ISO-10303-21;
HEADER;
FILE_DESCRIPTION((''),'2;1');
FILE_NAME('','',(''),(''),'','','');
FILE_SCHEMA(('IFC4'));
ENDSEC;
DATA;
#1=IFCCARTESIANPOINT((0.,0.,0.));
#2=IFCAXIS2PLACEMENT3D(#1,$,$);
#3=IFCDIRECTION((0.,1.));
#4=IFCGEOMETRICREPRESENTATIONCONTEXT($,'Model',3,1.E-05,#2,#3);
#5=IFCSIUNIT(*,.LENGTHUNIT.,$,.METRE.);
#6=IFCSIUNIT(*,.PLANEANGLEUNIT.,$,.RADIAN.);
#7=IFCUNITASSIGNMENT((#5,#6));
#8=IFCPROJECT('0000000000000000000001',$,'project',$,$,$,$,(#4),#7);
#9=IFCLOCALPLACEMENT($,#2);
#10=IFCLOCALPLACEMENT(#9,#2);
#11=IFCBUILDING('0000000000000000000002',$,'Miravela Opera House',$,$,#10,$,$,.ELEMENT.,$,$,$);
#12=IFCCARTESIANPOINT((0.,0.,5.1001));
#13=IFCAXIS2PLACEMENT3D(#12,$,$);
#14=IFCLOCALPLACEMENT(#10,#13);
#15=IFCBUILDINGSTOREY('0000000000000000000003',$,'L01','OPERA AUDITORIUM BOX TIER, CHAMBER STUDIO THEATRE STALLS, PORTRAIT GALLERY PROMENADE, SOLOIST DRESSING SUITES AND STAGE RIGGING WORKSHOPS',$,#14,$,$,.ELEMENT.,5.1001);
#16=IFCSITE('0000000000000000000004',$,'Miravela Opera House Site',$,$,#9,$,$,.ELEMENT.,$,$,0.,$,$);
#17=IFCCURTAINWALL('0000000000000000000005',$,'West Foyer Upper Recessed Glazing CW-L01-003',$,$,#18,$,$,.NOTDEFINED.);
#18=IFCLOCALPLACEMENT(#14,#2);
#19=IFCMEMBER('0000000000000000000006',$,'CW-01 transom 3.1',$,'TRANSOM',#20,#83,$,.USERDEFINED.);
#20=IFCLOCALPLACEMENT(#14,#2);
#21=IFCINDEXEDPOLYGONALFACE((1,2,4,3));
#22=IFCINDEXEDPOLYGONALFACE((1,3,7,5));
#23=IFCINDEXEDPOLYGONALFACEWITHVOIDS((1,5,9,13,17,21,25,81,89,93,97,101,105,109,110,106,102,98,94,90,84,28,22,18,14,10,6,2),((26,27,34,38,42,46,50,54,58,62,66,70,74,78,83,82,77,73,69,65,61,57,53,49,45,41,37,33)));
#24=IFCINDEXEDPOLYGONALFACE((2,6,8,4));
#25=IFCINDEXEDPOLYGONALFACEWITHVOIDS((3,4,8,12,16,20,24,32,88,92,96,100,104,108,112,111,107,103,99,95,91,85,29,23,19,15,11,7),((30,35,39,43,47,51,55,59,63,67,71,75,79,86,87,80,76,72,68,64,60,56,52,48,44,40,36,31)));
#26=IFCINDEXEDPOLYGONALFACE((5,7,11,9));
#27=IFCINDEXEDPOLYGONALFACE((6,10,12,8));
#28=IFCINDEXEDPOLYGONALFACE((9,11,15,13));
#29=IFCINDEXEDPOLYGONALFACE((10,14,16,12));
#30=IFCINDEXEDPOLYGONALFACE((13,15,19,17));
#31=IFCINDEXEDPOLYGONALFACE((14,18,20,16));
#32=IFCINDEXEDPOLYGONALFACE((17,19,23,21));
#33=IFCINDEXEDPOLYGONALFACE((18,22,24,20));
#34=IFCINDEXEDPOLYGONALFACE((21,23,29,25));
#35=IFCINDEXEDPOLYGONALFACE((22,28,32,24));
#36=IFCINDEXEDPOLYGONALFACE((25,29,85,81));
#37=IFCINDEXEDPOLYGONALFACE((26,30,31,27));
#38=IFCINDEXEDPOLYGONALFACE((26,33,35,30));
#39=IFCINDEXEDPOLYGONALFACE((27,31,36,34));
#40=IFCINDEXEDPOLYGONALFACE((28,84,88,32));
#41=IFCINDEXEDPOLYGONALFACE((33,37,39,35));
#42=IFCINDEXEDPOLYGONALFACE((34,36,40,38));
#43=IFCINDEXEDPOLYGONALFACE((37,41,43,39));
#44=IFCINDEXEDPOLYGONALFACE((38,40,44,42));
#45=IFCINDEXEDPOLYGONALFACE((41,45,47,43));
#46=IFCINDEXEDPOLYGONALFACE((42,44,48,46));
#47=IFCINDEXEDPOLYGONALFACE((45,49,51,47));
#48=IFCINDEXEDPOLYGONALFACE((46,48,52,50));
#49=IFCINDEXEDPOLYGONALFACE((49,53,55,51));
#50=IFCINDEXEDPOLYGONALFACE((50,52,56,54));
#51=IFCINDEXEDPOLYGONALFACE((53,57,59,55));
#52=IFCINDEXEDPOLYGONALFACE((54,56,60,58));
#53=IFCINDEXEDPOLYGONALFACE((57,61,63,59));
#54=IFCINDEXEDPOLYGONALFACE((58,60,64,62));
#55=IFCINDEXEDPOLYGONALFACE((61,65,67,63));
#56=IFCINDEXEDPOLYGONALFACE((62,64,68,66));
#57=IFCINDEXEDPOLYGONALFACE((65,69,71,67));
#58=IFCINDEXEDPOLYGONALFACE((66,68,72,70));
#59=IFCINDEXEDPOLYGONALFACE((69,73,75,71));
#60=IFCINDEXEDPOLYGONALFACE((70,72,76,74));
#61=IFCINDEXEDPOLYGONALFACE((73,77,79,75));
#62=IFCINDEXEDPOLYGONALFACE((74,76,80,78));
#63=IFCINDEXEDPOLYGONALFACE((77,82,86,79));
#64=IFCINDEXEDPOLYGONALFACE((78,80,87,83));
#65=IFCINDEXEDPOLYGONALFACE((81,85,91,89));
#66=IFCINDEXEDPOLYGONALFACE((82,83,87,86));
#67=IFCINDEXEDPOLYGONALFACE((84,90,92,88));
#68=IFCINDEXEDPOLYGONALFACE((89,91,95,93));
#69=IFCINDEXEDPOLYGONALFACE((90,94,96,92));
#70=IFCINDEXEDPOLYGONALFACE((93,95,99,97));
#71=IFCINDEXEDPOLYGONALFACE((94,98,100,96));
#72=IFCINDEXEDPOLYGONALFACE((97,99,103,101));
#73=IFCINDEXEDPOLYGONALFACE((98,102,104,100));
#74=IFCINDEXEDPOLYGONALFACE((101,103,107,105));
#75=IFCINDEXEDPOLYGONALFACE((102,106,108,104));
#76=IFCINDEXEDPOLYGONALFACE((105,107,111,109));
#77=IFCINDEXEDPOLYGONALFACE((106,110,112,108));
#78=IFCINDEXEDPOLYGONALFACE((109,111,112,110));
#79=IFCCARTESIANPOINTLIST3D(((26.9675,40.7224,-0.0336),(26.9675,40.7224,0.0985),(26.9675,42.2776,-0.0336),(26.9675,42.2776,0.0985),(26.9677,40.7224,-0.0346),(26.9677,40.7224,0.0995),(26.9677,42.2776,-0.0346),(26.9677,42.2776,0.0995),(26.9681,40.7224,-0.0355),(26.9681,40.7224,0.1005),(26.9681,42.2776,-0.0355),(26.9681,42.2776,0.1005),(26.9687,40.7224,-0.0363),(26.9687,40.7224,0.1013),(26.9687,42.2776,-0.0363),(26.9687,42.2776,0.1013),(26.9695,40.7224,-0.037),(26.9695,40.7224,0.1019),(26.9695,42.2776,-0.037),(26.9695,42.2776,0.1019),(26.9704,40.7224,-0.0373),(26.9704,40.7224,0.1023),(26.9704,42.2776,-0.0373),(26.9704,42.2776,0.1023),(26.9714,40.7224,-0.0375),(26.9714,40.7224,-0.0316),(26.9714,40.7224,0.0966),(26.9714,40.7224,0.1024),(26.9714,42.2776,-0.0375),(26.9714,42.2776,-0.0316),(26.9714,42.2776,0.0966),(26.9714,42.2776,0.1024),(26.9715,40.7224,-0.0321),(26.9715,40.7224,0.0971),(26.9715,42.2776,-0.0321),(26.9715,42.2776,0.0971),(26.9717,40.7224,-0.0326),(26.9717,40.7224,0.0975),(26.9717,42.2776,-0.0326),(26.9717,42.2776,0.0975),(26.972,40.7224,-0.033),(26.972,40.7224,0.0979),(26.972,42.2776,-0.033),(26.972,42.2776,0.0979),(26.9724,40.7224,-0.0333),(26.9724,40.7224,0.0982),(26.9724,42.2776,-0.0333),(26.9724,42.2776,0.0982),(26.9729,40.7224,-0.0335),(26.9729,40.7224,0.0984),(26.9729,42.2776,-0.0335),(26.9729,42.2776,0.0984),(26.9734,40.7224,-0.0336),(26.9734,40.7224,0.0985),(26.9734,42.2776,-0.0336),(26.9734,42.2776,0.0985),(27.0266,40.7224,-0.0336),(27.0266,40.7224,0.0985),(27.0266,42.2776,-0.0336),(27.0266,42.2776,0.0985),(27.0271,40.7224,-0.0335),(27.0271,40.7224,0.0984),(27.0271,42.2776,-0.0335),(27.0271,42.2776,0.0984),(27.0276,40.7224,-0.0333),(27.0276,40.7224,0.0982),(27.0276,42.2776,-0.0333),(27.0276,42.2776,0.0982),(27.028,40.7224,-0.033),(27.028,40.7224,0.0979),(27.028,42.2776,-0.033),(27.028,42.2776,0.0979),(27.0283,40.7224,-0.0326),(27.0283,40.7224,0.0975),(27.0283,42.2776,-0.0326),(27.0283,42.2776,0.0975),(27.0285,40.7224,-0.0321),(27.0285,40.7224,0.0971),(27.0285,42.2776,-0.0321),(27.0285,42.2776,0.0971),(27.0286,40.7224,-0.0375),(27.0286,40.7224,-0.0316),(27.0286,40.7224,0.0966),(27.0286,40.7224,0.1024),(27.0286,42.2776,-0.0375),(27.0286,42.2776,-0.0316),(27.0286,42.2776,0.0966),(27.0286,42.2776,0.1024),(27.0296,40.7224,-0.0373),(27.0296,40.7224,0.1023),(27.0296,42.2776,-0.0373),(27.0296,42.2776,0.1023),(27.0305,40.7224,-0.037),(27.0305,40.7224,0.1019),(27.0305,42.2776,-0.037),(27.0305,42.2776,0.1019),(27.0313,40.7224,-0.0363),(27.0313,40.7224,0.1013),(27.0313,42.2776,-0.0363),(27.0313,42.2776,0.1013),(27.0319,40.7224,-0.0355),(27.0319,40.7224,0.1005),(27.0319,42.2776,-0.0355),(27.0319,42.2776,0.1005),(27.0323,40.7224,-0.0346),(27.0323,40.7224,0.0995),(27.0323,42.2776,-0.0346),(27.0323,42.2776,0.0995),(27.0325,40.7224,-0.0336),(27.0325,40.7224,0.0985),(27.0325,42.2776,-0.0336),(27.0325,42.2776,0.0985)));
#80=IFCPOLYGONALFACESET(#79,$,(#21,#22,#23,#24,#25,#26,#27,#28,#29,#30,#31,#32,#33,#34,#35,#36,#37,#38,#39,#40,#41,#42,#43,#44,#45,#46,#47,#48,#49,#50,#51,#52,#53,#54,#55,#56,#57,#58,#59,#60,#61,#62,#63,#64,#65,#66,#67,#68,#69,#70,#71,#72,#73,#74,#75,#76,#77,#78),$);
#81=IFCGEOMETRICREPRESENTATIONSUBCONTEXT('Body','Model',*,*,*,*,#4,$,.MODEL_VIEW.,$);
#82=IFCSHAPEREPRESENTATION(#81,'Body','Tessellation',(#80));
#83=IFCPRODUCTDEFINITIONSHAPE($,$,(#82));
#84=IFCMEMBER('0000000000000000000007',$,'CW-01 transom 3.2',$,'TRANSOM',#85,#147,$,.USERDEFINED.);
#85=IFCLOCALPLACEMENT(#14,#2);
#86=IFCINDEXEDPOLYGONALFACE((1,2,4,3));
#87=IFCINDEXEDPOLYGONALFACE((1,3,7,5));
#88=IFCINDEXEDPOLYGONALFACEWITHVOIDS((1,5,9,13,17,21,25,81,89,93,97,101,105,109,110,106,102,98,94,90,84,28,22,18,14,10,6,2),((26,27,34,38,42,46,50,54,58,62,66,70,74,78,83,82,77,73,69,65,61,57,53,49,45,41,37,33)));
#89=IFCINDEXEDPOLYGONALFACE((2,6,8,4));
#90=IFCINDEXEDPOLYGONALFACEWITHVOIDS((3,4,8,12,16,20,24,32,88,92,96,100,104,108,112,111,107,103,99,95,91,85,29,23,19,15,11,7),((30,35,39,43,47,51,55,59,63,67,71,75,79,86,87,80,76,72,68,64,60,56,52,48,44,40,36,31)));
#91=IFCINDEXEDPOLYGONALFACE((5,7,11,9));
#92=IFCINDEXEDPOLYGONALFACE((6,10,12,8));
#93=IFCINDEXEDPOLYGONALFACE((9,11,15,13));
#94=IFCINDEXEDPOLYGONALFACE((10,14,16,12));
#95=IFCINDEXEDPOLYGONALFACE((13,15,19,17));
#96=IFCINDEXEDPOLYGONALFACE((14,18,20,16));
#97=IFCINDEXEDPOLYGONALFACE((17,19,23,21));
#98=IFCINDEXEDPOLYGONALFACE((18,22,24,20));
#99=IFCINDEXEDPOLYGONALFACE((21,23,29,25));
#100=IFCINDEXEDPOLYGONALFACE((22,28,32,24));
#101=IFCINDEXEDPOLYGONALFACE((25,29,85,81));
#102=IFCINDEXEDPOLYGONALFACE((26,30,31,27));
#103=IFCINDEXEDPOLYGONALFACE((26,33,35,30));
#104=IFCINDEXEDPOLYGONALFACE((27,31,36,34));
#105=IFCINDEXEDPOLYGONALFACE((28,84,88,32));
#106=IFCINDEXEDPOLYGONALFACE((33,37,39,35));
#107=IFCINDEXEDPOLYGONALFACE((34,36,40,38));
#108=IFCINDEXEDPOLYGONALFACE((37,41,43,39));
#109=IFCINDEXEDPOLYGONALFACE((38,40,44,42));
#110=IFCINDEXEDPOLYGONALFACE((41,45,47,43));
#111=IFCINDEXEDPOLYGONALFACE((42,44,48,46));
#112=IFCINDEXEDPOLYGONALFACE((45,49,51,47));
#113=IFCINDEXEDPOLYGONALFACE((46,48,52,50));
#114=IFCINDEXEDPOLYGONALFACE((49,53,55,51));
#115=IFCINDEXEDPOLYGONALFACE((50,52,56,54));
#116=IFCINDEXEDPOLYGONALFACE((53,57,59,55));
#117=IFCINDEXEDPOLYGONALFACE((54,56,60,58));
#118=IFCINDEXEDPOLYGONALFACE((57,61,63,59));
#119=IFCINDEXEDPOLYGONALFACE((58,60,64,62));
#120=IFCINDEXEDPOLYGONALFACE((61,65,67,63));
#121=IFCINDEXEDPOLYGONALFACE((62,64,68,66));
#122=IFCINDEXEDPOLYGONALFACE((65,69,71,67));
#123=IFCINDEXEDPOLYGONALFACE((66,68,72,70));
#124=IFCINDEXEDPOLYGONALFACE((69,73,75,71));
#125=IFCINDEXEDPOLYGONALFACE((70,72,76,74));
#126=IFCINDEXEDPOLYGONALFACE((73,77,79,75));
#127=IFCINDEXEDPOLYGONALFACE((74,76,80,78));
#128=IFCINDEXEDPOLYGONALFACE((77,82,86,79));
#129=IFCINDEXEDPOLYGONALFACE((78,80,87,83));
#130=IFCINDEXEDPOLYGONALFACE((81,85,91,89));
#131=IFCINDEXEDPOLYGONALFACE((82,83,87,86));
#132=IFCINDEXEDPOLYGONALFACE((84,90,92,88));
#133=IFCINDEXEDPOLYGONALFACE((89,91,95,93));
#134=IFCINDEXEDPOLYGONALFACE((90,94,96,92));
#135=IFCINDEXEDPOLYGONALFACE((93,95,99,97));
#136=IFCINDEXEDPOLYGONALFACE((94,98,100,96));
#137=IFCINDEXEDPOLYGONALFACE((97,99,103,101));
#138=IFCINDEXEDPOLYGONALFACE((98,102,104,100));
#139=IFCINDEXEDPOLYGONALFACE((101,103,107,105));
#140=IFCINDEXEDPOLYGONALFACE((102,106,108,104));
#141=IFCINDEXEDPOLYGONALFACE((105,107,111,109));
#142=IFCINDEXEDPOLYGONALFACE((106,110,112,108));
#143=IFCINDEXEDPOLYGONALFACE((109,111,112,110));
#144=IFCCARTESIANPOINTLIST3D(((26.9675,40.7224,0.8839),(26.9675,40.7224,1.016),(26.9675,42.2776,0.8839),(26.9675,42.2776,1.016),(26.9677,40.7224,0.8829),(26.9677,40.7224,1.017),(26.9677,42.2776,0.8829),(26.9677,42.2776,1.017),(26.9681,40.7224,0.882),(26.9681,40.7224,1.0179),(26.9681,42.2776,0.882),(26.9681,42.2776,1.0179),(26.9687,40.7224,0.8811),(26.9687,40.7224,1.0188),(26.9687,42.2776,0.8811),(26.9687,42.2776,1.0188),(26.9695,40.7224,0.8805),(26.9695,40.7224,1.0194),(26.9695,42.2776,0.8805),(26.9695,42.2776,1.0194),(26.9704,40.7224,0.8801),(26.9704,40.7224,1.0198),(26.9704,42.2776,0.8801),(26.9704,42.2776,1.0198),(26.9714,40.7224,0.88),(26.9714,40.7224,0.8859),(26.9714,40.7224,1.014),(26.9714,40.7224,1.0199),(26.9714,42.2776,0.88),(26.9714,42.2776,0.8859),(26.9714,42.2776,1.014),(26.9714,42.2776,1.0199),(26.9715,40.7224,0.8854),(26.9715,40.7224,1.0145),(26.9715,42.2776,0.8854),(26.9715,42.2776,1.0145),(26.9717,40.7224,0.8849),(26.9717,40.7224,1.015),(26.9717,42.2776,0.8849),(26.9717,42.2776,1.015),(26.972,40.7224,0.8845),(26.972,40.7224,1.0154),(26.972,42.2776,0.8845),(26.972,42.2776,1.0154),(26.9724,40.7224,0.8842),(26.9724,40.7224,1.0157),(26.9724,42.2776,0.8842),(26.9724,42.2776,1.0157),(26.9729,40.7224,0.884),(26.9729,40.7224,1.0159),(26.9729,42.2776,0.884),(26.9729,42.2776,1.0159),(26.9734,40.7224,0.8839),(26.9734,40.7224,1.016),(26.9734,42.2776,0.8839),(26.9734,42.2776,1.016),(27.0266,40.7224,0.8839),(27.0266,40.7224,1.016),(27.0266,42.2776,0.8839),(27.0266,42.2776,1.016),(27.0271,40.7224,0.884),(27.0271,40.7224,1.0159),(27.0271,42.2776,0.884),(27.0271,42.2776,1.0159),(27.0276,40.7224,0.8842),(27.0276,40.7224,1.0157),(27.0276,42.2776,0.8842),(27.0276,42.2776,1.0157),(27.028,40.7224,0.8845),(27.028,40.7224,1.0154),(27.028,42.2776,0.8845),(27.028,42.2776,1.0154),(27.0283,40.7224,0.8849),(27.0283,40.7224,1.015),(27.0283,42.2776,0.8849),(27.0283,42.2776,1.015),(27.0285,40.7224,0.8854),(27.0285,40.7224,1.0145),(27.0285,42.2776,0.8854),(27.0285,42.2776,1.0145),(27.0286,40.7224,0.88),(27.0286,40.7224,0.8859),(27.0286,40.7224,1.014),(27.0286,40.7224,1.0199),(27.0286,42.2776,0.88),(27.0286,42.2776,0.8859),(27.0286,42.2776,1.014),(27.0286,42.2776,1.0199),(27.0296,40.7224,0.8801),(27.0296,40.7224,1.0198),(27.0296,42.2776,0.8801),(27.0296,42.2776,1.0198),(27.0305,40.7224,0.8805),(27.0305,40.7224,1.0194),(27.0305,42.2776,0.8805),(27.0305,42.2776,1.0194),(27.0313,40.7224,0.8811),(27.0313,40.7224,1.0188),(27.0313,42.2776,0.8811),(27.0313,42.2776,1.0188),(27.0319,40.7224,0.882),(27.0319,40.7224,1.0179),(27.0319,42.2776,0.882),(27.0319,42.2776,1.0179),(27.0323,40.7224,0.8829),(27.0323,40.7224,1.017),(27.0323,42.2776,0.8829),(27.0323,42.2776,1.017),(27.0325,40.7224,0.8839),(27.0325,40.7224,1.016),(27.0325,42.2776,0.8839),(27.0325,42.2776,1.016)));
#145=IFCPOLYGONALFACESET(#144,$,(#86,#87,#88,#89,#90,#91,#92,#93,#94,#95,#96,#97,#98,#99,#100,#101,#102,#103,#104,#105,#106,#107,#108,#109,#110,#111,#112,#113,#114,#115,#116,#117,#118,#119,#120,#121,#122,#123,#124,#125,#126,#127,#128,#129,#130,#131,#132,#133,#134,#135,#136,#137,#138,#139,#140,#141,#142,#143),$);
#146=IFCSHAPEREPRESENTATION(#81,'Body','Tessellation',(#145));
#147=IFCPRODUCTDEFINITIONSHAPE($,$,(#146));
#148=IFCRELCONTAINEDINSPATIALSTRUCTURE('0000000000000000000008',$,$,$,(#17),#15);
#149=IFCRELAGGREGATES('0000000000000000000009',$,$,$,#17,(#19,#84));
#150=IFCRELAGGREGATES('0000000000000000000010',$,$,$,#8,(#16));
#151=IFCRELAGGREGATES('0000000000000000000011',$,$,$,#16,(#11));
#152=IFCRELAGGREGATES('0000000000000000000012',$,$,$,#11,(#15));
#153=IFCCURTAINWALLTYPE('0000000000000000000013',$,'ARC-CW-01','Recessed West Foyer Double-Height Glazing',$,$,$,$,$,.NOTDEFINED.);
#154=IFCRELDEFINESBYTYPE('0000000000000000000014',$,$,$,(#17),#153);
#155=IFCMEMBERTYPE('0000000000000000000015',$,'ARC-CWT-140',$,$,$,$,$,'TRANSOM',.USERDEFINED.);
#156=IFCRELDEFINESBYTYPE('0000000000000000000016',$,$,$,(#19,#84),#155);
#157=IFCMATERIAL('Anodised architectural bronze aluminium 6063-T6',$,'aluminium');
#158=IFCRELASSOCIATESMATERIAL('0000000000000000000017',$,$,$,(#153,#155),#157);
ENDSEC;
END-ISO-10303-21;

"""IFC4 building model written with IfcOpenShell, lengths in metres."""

from ifc_helpers import new_model, si_unit, direction, frame, origin, origin_2d, place, context, subcontext, project, spatial, hollow_rectangle, extrude, material, material_profile, profile_set, type_object, element, aggregate, save


model = new_model("IFC4")

# Units and contexts
model_context = context("Model", 3, precision=1e-05, world=origin(), true_north=direction((0.0, 1.0)))
body_context = subcontext(model_context, "Body", "Model", "MODEL_VIEW")
ifc_project = project(units=[si_unit("LENGTHUNIT", "METRE"), si_unit("PLANEANGLEUNIT", "RADIAN")], contexts=[model_context])

# Site, building, storey
site_placement = place(None, origin())
site = spatial("IfcSite", under=ifc_project, at=site_placement, Name="Miravela Opera House Site", CompositionType="ELEMENT", RefElevation=0.0)
building_placement = place(site_placement, origin())
building = spatial("IfcBuilding", under=site, at=building_placement, Name="Miravela Opera House", CompositionType="ELEMENT")
storey_placement = place(building_placement, frame((0.0, 0.0, 5.1001)))
storey = spatial("IfcBuildingStorey", under=building, at=storey_placement, Name="L01", Description="OPERA AUDITORIUM BOX TIER, CHAMBER STUDIO THEATRE STALLS, PORTRAIT GALLERY PROMENADE, SOLOIST DRESSING SUITES AND STAGE RIGGING WORKSHOPS", CompositionType="ELEMENT", Elevation=5.1001)

# Shared definitions
ifc_material_1 = material(Name="Anodised architectural bronze aluminium 6063-T6", Category="aluminium")

# Curtain wall
curtain_wall_type_1 = type_object("IfcCurtainWallType", Name="ARC-CW-01", Description="Recessed West Foyer Double-Height Glazing", PredefinedType="NOTDEFINED", material=ifc_material_1)
curtain_wall_1_placement = place(storey_placement, origin())
curtain_wall_1 = element("IfcCurtainWall", 1, at=curtain_wall_1_placement, inside=storey, type_object=curtain_wall_type_1, Name="West Foyer Upper Recessed Glazing CW-L01-003", PredefinedType="NOTDEFINED")

# Members
ifc_material_profile_1 = material_profile(ifc_material_1, hollow_rectangle(XDim=0.0649, YDim=0.1399, WallThickness=0.0039, InnerFilletRadius=0.002, OuterFilletRadius=0.0039, at=origin_2d()), Name="CWT-65X140")
ifc_profile_set_1 = profile_set([ifc_material_profile_1])
member_type_1 = type_object("IfcMemberType", Name="ARC-CWT-140", ElementType="TRANSOM", PredefinedType="USERDEFINED", material=ifc_profile_set_1)
member_1_placement = place(storey_placement, frame((27.0, 40.7224, 0.0325), z_axis=(0.0, 1.0, 0.0), x_axis=(-1.0, 0.0, 0.0)))
member_1 = element("IfcMember", 2, at=member_1_placement, type_object=member_type_1, Name="CW-01 transom 3.1", ObjectType="TRANSOM", PredefinedType="USERDEFINED", context=body_context, shape_type="SweptSolid", body=[
    extrude(hollow_rectangle(XDim=0.0649, YDim=0.1399, WallThickness=0.0039, InnerFilletRadius=0.002, OuterFilletRadius=0.0039, at=origin_2d()), origin(), (0.0, 0.0, 1.0), 1.5552),
])
member_2_placement = place(storey_placement, frame((27.0, 40.7224, 0.95), z_axis=(0.0, 1.0, 0.0), x_axis=(-1.0, 0.0, 0.0)))
member_2 = element("IfcMember", 3, at=member_2_placement, type_object=member_type_1, Name="CW-01 transom 3.2", ObjectType="TRANSOM", PredefinedType="USERDEFINED", context=body_context, shape_type="SweptSolid", body=[
    extrude(hollow_rectangle(XDim=0.0649, YDim=0.1399, WallThickness=0.0039, InnerFilletRadius=0.002, OuterFilletRadius=0.0039, at=origin_2d()), origin(), (0.0, 0.0, 1.0), 1.5552),
])

aggregate(curtain_wall_1, [member_1, member_2])

save(model, "model.ifc")
